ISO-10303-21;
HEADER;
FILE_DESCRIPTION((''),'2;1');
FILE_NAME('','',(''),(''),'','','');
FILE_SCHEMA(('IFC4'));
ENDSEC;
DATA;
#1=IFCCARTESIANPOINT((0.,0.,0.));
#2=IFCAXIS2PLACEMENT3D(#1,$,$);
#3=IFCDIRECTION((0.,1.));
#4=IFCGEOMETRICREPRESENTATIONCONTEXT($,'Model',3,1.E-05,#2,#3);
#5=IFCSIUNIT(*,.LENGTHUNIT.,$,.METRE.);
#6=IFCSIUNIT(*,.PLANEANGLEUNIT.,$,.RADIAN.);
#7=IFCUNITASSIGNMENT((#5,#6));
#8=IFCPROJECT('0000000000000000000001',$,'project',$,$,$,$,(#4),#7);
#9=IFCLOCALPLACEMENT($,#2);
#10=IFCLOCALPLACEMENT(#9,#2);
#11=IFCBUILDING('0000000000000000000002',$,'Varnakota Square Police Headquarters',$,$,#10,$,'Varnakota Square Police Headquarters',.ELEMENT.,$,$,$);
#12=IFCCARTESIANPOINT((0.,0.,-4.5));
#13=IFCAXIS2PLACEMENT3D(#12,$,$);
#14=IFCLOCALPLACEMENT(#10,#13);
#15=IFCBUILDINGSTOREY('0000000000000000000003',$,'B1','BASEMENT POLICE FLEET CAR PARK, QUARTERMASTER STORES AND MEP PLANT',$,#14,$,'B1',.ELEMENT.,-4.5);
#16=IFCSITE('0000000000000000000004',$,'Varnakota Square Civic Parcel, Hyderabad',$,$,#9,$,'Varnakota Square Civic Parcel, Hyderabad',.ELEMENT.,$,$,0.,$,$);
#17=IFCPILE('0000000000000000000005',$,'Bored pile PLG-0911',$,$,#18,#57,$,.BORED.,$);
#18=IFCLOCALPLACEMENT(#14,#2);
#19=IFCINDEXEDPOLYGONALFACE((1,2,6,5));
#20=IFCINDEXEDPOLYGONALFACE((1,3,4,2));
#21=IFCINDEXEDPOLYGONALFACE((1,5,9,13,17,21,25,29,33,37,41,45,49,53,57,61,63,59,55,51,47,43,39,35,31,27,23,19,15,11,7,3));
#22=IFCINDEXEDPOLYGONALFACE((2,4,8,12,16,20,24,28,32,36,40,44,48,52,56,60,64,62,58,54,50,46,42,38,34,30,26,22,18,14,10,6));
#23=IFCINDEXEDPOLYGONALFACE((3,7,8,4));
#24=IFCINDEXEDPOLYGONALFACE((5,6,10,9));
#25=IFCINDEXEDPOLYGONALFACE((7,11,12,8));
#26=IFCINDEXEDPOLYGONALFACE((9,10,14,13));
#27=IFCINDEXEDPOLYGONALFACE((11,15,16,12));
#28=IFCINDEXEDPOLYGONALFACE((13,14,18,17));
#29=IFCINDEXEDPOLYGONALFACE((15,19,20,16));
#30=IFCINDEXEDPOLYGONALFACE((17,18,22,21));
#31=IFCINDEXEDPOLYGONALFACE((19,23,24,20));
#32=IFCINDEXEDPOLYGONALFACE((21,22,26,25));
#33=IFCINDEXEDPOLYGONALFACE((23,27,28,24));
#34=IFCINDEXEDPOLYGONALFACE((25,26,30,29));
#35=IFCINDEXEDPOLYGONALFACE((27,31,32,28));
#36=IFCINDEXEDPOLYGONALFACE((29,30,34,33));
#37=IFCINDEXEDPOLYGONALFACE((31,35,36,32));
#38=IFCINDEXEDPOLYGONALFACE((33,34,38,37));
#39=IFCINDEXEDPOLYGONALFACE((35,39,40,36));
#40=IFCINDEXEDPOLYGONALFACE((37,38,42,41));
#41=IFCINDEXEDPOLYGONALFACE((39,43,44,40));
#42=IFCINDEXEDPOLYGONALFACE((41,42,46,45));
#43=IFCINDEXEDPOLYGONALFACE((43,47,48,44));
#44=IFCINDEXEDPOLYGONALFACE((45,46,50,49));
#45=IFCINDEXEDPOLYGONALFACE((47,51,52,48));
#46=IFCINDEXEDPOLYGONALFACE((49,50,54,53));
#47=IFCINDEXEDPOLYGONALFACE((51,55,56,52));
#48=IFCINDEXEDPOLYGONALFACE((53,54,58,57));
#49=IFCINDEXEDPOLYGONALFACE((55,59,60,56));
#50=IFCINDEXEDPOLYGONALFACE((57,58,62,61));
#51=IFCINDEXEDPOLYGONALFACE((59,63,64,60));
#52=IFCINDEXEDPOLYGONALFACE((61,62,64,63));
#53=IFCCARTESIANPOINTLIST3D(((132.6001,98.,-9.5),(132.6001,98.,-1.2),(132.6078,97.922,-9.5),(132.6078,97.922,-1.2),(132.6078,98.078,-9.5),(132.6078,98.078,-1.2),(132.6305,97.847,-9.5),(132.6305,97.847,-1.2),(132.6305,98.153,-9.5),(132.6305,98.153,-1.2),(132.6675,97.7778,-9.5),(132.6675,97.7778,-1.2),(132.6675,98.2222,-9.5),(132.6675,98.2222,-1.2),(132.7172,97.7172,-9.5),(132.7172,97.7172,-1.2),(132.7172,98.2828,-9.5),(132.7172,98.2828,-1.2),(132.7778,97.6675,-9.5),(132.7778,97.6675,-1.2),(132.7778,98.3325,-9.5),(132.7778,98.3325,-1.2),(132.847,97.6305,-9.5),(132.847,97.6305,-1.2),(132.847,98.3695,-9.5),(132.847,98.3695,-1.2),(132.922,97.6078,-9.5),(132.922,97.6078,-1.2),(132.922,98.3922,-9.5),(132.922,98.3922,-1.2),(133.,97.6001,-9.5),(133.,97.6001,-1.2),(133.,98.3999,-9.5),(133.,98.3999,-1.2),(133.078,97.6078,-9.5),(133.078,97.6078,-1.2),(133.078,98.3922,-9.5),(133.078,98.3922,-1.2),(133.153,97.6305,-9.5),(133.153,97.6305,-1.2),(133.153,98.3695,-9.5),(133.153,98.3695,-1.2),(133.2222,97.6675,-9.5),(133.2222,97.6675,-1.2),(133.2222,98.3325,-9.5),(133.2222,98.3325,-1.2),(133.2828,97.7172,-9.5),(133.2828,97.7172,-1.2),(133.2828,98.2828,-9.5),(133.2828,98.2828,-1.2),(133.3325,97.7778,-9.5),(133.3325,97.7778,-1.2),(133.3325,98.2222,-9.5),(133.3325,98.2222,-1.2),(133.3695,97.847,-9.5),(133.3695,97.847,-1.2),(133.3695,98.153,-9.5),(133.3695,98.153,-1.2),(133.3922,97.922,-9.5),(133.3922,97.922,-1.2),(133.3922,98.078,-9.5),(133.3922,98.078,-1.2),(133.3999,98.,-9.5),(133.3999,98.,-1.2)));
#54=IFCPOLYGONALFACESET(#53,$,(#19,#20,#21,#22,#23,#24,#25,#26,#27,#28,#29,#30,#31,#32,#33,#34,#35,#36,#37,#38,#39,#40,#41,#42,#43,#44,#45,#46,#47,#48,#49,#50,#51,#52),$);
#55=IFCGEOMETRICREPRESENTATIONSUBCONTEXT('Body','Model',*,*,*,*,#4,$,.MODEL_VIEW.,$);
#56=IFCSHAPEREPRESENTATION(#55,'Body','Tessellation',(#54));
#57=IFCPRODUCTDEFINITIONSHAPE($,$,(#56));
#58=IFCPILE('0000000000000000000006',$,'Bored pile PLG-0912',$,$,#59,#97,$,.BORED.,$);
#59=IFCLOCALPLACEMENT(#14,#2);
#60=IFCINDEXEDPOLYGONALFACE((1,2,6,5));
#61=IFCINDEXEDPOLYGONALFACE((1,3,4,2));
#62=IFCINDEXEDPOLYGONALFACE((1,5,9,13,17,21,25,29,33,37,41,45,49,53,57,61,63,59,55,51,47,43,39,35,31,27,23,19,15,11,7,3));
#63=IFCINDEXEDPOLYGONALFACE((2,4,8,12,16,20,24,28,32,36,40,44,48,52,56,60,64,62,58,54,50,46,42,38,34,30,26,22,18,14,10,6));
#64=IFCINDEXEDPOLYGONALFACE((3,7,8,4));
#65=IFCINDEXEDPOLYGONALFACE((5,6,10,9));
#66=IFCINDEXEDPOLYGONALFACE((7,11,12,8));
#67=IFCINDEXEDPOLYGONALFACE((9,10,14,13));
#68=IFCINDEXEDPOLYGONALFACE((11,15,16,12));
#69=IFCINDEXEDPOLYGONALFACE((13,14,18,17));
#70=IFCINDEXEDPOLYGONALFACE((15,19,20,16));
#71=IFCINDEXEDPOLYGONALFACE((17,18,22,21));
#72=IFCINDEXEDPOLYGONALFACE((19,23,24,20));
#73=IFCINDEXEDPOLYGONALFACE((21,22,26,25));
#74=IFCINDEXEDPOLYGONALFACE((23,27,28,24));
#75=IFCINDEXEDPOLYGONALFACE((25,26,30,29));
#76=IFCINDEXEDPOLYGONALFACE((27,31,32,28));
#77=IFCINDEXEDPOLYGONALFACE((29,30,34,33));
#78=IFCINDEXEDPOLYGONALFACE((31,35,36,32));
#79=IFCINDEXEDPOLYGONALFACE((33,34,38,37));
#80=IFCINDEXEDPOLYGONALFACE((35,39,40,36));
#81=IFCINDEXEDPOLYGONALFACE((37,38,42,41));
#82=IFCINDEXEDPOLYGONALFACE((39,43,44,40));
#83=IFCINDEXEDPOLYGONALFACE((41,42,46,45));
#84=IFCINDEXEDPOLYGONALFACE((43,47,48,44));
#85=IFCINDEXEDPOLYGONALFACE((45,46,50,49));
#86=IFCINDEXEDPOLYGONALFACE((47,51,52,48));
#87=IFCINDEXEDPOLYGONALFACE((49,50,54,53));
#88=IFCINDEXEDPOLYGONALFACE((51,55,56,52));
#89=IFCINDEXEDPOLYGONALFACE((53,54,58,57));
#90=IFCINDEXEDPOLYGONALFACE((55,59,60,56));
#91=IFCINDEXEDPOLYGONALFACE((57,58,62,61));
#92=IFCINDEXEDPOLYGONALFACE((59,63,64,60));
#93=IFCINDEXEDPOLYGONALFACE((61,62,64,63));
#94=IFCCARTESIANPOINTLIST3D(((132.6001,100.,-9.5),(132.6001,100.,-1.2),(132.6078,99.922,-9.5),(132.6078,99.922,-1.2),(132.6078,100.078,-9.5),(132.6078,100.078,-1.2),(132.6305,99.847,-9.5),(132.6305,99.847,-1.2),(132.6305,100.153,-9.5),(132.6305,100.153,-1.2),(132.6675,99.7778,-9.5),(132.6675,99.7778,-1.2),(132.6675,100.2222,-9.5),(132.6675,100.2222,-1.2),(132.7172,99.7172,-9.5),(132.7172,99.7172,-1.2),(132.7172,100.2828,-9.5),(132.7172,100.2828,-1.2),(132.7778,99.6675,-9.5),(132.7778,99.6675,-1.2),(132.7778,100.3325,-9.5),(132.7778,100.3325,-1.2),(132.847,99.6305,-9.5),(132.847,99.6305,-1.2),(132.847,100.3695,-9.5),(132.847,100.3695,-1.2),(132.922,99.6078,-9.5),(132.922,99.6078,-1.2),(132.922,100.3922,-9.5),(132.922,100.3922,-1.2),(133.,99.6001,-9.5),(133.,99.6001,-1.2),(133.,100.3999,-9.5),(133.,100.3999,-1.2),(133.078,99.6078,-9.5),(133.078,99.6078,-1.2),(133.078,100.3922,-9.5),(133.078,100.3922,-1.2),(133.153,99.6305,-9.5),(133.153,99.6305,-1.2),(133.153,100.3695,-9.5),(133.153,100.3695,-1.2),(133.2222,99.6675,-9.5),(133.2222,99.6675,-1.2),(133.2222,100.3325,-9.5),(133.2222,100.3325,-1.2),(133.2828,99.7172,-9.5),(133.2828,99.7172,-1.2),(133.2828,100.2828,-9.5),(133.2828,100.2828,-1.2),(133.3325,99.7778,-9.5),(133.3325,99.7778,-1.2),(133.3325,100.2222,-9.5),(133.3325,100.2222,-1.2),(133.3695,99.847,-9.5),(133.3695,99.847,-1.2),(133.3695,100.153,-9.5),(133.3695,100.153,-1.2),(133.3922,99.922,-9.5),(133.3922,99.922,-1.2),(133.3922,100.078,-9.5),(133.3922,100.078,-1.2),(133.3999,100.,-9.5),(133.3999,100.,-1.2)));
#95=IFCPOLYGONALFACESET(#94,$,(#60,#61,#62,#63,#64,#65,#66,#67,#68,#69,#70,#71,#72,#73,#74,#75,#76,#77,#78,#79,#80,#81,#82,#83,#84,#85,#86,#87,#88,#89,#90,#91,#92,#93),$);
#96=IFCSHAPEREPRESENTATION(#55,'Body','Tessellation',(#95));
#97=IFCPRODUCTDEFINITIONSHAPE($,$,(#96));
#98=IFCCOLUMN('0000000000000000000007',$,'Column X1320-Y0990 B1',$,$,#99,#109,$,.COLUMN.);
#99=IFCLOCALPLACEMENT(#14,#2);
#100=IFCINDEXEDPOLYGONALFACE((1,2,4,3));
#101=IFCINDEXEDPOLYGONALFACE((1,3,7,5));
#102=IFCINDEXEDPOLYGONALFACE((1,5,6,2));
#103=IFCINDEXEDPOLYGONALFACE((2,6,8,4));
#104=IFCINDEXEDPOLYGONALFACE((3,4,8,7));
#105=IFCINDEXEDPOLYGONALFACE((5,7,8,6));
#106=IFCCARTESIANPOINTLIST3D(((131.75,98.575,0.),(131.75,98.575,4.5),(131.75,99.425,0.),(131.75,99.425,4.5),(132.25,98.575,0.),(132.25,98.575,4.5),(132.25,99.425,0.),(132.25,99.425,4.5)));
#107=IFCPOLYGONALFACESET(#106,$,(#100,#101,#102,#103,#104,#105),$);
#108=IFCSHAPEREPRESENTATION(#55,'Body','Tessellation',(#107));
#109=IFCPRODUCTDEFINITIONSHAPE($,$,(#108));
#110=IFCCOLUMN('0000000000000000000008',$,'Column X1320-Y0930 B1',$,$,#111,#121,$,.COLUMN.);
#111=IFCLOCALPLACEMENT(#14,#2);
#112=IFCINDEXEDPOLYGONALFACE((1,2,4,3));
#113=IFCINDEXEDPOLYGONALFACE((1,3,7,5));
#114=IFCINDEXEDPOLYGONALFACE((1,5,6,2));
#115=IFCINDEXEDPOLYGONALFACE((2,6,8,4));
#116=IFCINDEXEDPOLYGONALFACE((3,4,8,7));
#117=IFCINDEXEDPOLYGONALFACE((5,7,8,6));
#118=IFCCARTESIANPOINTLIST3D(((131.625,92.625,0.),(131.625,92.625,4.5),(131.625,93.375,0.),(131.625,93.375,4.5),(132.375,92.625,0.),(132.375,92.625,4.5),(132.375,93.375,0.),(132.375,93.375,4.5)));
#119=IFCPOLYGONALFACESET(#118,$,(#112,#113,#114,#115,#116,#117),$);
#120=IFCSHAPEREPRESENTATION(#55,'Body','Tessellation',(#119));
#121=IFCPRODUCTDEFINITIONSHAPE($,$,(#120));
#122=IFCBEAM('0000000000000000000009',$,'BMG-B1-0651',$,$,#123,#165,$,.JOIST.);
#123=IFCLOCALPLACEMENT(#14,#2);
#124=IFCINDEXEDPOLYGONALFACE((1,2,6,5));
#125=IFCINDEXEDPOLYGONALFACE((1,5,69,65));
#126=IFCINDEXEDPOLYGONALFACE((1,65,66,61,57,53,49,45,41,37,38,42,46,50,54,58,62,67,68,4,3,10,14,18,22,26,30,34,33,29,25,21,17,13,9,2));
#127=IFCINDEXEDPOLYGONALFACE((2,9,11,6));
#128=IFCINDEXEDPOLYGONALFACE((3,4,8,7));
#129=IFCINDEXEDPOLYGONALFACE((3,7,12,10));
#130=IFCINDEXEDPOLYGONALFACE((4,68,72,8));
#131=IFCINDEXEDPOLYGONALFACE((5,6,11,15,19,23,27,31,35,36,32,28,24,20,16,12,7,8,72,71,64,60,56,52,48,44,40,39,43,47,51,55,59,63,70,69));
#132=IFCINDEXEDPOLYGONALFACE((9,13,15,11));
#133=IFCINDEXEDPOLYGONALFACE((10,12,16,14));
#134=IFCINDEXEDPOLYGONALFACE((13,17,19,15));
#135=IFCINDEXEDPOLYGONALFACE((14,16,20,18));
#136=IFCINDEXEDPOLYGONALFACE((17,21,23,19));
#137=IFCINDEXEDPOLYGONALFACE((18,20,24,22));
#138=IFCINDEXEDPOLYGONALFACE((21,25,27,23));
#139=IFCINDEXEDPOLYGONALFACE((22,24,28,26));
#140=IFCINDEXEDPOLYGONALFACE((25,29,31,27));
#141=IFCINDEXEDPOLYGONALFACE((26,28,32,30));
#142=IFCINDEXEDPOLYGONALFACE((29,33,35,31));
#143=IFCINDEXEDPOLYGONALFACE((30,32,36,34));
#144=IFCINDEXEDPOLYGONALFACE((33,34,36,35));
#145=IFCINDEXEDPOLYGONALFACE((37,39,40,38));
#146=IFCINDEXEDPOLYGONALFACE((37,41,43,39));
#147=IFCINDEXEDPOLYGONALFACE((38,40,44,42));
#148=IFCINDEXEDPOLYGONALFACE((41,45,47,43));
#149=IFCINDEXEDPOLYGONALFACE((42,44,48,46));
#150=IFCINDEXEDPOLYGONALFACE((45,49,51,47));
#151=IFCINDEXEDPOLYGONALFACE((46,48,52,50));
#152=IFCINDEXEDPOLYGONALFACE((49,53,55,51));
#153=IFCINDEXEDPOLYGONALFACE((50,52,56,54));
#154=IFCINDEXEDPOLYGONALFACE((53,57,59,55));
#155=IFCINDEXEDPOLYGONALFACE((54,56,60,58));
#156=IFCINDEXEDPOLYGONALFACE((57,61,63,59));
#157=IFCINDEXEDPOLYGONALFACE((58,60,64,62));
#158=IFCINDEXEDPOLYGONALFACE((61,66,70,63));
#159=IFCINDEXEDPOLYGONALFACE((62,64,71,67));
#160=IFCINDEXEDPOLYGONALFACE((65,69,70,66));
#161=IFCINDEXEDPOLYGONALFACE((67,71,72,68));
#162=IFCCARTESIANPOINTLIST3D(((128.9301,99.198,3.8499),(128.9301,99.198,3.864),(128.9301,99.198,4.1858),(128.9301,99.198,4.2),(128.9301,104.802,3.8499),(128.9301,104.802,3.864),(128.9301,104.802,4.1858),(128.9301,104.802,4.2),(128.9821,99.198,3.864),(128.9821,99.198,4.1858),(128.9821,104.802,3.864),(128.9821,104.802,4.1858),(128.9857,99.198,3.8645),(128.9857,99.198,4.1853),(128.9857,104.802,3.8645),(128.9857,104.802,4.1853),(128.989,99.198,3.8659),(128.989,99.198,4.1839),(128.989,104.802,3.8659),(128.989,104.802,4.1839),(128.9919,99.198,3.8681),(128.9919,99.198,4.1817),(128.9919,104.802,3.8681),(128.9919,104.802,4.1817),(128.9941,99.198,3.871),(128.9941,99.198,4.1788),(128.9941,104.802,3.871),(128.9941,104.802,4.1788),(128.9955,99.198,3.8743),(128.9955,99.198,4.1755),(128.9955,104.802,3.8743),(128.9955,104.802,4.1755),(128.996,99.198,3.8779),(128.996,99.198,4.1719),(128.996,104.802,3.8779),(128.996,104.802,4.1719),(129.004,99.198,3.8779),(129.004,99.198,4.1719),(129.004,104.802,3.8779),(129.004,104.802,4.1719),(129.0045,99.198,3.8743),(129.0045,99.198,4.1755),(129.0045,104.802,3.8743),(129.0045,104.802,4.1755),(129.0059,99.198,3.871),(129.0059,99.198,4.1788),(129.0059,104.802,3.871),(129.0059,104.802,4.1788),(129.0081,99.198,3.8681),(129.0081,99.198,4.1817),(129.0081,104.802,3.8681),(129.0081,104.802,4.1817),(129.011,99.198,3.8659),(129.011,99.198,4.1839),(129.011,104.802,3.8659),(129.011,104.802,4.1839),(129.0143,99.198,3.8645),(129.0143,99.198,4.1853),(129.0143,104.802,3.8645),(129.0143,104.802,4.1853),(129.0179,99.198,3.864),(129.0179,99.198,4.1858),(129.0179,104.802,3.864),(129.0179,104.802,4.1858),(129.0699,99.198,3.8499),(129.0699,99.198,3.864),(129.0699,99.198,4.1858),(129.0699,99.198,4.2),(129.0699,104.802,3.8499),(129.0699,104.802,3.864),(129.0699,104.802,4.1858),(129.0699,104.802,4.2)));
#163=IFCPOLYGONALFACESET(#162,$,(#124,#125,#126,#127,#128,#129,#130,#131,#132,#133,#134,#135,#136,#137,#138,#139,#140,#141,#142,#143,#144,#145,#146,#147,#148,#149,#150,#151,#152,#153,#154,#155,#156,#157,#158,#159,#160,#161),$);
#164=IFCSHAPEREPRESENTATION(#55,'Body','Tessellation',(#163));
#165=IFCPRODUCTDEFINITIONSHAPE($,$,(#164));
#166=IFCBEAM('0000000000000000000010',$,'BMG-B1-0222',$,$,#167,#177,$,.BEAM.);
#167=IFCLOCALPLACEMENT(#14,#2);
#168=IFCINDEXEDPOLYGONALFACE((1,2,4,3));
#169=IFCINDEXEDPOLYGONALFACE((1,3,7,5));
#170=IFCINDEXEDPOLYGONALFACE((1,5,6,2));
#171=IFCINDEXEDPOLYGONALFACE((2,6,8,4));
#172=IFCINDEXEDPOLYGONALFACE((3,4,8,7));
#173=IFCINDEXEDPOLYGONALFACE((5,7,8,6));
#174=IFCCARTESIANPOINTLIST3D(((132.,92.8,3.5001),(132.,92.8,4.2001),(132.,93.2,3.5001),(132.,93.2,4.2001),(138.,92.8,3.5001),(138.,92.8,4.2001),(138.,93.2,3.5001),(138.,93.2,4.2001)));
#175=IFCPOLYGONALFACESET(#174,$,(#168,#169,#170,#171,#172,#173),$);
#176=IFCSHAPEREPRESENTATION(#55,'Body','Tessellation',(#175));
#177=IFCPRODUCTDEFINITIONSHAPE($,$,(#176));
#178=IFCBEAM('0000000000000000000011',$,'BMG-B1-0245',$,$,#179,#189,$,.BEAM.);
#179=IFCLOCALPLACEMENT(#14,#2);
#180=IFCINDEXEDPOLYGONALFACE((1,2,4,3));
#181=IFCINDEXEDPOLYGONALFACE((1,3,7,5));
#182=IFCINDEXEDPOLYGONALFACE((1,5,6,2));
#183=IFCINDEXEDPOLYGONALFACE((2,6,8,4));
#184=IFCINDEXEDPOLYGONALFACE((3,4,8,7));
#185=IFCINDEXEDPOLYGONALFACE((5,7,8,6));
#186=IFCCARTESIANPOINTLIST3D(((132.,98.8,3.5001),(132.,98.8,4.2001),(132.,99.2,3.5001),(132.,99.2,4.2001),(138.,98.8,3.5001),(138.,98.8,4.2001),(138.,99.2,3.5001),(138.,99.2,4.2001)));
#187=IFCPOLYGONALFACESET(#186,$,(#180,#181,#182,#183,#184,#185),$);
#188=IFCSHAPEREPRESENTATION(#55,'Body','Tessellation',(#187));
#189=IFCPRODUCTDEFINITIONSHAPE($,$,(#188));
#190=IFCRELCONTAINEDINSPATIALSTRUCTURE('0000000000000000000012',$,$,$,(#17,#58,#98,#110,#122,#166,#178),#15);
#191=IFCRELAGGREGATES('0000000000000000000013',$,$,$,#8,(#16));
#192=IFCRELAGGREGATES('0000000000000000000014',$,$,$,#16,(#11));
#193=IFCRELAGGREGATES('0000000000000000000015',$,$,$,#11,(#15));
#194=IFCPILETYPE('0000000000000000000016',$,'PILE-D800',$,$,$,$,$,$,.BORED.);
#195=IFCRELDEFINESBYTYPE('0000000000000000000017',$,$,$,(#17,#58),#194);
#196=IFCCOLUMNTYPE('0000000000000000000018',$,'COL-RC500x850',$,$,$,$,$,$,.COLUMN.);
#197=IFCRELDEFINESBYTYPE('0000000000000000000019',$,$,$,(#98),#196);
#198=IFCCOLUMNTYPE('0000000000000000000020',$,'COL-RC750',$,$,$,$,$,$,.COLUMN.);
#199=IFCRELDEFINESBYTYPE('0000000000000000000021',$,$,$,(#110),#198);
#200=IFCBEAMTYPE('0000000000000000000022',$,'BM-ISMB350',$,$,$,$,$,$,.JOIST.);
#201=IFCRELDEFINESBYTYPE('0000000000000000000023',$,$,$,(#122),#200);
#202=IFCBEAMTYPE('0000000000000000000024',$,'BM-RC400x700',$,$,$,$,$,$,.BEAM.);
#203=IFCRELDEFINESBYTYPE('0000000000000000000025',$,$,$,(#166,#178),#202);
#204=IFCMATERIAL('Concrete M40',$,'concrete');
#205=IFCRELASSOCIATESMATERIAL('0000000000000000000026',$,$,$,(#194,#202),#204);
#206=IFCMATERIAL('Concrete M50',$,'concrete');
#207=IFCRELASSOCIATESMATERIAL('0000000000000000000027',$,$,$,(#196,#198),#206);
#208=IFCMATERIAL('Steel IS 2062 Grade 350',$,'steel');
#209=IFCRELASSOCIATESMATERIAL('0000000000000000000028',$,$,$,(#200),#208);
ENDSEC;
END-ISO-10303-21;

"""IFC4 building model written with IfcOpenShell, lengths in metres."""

from ifc_helpers import new_model, si_unit, direction, frame, origin, origin_2d, place, context, subcontext, project, spatial, rectangle, circle, i_section, extrude, material, material_profile, profile_set, type_object, element, save


model = new_model("IFC4")

# Units and contexts
model_context = context("Model", 3, precision=1e-05, world=origin(), true_north=direction((0.0, 1.0)))
body_context = subcontext(model_context, "Body", "Model", "MODEL_VIEW")
ifc_project = project(units=[si_unit("LENGTHUNIT", "METRE"), si_unit("PLANEANGLEUNIT", "RADIAN")], contexts=[model_context])

# Site, building, storey
site_placement = place(None, origin())
site = spatial("IfcSite", under=ifc_project, at=site_placement, Name="Varnakota Square Civic Parcel, Hyderabad", LongName="Varnakota Square Civic Parcel, Hyderabad", CompositionType="ELEMENT", RefElevation=0.0)
building_placement = place(site_placement, origin())
building = spatial("IfcBuilding", under=site, at=building_placement, Name="Varnakota Square Police Headquarters", LongName="Varnakota Square Police Headquarters", CompositionType="ELEMENT")
storey_placement = place(building_placement, frame((0.0, 0.0, -4.5)))
storey = spatial("IfcBuildingStorey", under=building, at=storey_placement, Name="B1", Description="BASEMENT POLICE FLEET CAR PARK, QUARTERMASTER STORES AND MEP PLANT", LongName="B1", CompositionType="ELEMENT", Elevation=-4.5)

# Shared definitions
ifc_material_1 = material(Name="Concrete M40", Category="concrete")

# Piles
ifc_material_profile_1 = material_profile(ifc_material_1, circle(Radius=0.3999, at=origin_2d()), Name="BORED PILE 800")
ifc_profile_set_1 = profile_set([ifc_material_profile_1], Name="Concrete M40")
pile_type = type_object("IfcPileType", Name="PILE-D800", PredefinedType="BORED", material=ifc_profile_set_1)
for number, where, z_axis, x_axis, name in (
    (1, (133.0, 98.0, -1.2), (0.0, 0.0, -1.0), (1.0, 0.0, 0.0), "Bored pile PLG-0911"),
    (2, (133.0, 100.0, -1.2), (0.0, 0.0, -1.0), (1.0, 0.0, 0.0), "Bored pile PLG-0912"),
):
    element("IfcPile", number, at=place(storey_placement, frame(where, z_axis=z_axis, x_axis=x_axis)), inside=storey, type_object=pile_type, Name=name, PredefinedType="BORED", context=body_context, shape_type="SweptSolid", body=[
        extrude(circle(Radius=0.3999, at=origin_2d()), origin(), (0.0, 0.0, 1.0), 8.3),
    ])

# Columns
ifc_material_2 = material(Name="Concrete M50", Category="concrete")
ifc_material_profile_2 = material_profile(ifc_material_2, rectangle(XDim=0.5, YDim=0.8501, at=origin_2d()), Name="RC 500x850")
ifc_profile_set_2 = profile_set([ifc_material_profile_2], Name="Concrete M50")
column_type_1 = type_object("IfcColumnType", Name="COL-RC500x850", PredefinedType="COLUMN", material=ifc_profile_set_2)
column_1_placement = place(storey_placement, frame((132.0, 99.0, 0.0), z_axis=(0.0, 0.0, 1.0), x_axis=(1.0, 0.0, 0.0)))
element("IfcColumn", 3, at=column_1_placement, inside=storey, type_object=column_type_1, Name="Column X1320-Y0990 B1", PredefinedType="COLUMN", context=body_context, shape_type="SweptSolid", body=[
    extrude(rectangle(XDim=0.5, YDim=0.8501, at=origin_2d()), origin(), (0.0, 0.0, 1.0), 4.5),
])
ifc_material_profile_3 = material_profile(ifc_material_2, rectangle(XDim=0.75, YDim=0.75, at=origin_2d()), Name="RC 750x750")
ifc_profile_set_3 = profile_set([ifc_material_profile_3], Name="Concrete M50")
column_type_2 = type_object("IfcColumnType", Name="COL-RC750", PredefinedType="COLUMN", material=ifc_profile_set_3)
column_2_placement = place(storey_placement, frame((132.0, 93.0, 0.0), z_axis=(0.0, 0.0, 1.0), x_axis=(1.0, 0.0, 0.0)))
element("IfcColumn", 4, at=column_2_placement, inside=storey, type_object=column_type_2, Name="Column X1320-Y0930 B1", PredefinedType="COLUMN", context=body_context, shape_type="SweptSolid", body=[
    extrude(rectangle(XDim=0.75, YDim=0.75, at=origin_2d()), origin(), (0.0, 0.0, 1.0), 4.5),
])

# Beams
ifc_material_3 = material(Name="Steel IS 2062 Grade 350", Category="steel")
ifc_material_profile_4 = material_profile(ifc_material_3, i_section(OverallWidth=0.1399, OverallDepth=0.3501, WebThickness=0.0081, FlangeThickness=0.0142, FilletRadius=0.0139, at=origin_2d()), Name="ISMB 350")
ifc_profile_set_4 = profile_set([ifc_material_profile_4], Name="Steel IS 2062 Grade 350")
beam_type_1 = type_object("IfcBeamType", Name="BM-ISMB350", PredefinedType="JOIST", material=ifc_profile_set_4)
beam_placement = place(storey_placement, frame((129.0, 99.198, 4.0249), z_axis=(0.0, 1.0, 0.0), x_axis=(-1.0, 0.0, 0.0)))
element("IfcBeam", 5, at=beam_placement, inside=storey, type_object=beam_type_1, Name="BMG-B1-0651", PredefinedType="JOIST", context=body_context, shape_type="SweptSolid", body=[
    extrude(i_section(OverallWidth=0.1399, OverallDepth=0.3501, WebThickness=0.0081, FlangeThickness=0.0142, FilletRadius=0.0139, at=origin_2d()), origin(), (0.0, 0.0, 1.0), 5.604),
])
ifc_material_profile_5 = material_profile(ifc_material_1, rectangle(XDim=0.3999, YDim=0.7, at=origin_2d()), Name="RC 400x700")
ifc_profile_set_5 = profile_set([ifc_material_profile_5], Name="Concrete M40")
beam_type_2 = type_object("IfcBeamType", Name="BM-RC400x700", PredefinedType="BEAM", material=ifc_profile_set_5)
for number, where, z_axis, x_axis, name in (
    (6, (132.0, 93.0, 3.8501), (1.0, 0.0, 0.0), (0.0, 1.0, 0.0), "BMG-B1-0222"),
    (7, (132.0, 99.0, 3.8501), (1.0, 0.0, 0.0), (0.0, 1.0, 0.0), "BMG-B1-0245"),
):
    element("IfcBeam", number, at=place(storey_placement, frame(where, z_axis=z_axis, x_axis=x_axis)), inside=storey, type_object=beam_type_2, Name=name, PredefinedType="BEAM", context=body_context, shape_type="SweptSolid", body=[
        extrude(rectangle(XDim=0.3999, YDim=0.7, at=origin_2d()), origin(), (0.0, 0.0, 1.0), 6.0),
    ])

save(model, "model.ifc")
